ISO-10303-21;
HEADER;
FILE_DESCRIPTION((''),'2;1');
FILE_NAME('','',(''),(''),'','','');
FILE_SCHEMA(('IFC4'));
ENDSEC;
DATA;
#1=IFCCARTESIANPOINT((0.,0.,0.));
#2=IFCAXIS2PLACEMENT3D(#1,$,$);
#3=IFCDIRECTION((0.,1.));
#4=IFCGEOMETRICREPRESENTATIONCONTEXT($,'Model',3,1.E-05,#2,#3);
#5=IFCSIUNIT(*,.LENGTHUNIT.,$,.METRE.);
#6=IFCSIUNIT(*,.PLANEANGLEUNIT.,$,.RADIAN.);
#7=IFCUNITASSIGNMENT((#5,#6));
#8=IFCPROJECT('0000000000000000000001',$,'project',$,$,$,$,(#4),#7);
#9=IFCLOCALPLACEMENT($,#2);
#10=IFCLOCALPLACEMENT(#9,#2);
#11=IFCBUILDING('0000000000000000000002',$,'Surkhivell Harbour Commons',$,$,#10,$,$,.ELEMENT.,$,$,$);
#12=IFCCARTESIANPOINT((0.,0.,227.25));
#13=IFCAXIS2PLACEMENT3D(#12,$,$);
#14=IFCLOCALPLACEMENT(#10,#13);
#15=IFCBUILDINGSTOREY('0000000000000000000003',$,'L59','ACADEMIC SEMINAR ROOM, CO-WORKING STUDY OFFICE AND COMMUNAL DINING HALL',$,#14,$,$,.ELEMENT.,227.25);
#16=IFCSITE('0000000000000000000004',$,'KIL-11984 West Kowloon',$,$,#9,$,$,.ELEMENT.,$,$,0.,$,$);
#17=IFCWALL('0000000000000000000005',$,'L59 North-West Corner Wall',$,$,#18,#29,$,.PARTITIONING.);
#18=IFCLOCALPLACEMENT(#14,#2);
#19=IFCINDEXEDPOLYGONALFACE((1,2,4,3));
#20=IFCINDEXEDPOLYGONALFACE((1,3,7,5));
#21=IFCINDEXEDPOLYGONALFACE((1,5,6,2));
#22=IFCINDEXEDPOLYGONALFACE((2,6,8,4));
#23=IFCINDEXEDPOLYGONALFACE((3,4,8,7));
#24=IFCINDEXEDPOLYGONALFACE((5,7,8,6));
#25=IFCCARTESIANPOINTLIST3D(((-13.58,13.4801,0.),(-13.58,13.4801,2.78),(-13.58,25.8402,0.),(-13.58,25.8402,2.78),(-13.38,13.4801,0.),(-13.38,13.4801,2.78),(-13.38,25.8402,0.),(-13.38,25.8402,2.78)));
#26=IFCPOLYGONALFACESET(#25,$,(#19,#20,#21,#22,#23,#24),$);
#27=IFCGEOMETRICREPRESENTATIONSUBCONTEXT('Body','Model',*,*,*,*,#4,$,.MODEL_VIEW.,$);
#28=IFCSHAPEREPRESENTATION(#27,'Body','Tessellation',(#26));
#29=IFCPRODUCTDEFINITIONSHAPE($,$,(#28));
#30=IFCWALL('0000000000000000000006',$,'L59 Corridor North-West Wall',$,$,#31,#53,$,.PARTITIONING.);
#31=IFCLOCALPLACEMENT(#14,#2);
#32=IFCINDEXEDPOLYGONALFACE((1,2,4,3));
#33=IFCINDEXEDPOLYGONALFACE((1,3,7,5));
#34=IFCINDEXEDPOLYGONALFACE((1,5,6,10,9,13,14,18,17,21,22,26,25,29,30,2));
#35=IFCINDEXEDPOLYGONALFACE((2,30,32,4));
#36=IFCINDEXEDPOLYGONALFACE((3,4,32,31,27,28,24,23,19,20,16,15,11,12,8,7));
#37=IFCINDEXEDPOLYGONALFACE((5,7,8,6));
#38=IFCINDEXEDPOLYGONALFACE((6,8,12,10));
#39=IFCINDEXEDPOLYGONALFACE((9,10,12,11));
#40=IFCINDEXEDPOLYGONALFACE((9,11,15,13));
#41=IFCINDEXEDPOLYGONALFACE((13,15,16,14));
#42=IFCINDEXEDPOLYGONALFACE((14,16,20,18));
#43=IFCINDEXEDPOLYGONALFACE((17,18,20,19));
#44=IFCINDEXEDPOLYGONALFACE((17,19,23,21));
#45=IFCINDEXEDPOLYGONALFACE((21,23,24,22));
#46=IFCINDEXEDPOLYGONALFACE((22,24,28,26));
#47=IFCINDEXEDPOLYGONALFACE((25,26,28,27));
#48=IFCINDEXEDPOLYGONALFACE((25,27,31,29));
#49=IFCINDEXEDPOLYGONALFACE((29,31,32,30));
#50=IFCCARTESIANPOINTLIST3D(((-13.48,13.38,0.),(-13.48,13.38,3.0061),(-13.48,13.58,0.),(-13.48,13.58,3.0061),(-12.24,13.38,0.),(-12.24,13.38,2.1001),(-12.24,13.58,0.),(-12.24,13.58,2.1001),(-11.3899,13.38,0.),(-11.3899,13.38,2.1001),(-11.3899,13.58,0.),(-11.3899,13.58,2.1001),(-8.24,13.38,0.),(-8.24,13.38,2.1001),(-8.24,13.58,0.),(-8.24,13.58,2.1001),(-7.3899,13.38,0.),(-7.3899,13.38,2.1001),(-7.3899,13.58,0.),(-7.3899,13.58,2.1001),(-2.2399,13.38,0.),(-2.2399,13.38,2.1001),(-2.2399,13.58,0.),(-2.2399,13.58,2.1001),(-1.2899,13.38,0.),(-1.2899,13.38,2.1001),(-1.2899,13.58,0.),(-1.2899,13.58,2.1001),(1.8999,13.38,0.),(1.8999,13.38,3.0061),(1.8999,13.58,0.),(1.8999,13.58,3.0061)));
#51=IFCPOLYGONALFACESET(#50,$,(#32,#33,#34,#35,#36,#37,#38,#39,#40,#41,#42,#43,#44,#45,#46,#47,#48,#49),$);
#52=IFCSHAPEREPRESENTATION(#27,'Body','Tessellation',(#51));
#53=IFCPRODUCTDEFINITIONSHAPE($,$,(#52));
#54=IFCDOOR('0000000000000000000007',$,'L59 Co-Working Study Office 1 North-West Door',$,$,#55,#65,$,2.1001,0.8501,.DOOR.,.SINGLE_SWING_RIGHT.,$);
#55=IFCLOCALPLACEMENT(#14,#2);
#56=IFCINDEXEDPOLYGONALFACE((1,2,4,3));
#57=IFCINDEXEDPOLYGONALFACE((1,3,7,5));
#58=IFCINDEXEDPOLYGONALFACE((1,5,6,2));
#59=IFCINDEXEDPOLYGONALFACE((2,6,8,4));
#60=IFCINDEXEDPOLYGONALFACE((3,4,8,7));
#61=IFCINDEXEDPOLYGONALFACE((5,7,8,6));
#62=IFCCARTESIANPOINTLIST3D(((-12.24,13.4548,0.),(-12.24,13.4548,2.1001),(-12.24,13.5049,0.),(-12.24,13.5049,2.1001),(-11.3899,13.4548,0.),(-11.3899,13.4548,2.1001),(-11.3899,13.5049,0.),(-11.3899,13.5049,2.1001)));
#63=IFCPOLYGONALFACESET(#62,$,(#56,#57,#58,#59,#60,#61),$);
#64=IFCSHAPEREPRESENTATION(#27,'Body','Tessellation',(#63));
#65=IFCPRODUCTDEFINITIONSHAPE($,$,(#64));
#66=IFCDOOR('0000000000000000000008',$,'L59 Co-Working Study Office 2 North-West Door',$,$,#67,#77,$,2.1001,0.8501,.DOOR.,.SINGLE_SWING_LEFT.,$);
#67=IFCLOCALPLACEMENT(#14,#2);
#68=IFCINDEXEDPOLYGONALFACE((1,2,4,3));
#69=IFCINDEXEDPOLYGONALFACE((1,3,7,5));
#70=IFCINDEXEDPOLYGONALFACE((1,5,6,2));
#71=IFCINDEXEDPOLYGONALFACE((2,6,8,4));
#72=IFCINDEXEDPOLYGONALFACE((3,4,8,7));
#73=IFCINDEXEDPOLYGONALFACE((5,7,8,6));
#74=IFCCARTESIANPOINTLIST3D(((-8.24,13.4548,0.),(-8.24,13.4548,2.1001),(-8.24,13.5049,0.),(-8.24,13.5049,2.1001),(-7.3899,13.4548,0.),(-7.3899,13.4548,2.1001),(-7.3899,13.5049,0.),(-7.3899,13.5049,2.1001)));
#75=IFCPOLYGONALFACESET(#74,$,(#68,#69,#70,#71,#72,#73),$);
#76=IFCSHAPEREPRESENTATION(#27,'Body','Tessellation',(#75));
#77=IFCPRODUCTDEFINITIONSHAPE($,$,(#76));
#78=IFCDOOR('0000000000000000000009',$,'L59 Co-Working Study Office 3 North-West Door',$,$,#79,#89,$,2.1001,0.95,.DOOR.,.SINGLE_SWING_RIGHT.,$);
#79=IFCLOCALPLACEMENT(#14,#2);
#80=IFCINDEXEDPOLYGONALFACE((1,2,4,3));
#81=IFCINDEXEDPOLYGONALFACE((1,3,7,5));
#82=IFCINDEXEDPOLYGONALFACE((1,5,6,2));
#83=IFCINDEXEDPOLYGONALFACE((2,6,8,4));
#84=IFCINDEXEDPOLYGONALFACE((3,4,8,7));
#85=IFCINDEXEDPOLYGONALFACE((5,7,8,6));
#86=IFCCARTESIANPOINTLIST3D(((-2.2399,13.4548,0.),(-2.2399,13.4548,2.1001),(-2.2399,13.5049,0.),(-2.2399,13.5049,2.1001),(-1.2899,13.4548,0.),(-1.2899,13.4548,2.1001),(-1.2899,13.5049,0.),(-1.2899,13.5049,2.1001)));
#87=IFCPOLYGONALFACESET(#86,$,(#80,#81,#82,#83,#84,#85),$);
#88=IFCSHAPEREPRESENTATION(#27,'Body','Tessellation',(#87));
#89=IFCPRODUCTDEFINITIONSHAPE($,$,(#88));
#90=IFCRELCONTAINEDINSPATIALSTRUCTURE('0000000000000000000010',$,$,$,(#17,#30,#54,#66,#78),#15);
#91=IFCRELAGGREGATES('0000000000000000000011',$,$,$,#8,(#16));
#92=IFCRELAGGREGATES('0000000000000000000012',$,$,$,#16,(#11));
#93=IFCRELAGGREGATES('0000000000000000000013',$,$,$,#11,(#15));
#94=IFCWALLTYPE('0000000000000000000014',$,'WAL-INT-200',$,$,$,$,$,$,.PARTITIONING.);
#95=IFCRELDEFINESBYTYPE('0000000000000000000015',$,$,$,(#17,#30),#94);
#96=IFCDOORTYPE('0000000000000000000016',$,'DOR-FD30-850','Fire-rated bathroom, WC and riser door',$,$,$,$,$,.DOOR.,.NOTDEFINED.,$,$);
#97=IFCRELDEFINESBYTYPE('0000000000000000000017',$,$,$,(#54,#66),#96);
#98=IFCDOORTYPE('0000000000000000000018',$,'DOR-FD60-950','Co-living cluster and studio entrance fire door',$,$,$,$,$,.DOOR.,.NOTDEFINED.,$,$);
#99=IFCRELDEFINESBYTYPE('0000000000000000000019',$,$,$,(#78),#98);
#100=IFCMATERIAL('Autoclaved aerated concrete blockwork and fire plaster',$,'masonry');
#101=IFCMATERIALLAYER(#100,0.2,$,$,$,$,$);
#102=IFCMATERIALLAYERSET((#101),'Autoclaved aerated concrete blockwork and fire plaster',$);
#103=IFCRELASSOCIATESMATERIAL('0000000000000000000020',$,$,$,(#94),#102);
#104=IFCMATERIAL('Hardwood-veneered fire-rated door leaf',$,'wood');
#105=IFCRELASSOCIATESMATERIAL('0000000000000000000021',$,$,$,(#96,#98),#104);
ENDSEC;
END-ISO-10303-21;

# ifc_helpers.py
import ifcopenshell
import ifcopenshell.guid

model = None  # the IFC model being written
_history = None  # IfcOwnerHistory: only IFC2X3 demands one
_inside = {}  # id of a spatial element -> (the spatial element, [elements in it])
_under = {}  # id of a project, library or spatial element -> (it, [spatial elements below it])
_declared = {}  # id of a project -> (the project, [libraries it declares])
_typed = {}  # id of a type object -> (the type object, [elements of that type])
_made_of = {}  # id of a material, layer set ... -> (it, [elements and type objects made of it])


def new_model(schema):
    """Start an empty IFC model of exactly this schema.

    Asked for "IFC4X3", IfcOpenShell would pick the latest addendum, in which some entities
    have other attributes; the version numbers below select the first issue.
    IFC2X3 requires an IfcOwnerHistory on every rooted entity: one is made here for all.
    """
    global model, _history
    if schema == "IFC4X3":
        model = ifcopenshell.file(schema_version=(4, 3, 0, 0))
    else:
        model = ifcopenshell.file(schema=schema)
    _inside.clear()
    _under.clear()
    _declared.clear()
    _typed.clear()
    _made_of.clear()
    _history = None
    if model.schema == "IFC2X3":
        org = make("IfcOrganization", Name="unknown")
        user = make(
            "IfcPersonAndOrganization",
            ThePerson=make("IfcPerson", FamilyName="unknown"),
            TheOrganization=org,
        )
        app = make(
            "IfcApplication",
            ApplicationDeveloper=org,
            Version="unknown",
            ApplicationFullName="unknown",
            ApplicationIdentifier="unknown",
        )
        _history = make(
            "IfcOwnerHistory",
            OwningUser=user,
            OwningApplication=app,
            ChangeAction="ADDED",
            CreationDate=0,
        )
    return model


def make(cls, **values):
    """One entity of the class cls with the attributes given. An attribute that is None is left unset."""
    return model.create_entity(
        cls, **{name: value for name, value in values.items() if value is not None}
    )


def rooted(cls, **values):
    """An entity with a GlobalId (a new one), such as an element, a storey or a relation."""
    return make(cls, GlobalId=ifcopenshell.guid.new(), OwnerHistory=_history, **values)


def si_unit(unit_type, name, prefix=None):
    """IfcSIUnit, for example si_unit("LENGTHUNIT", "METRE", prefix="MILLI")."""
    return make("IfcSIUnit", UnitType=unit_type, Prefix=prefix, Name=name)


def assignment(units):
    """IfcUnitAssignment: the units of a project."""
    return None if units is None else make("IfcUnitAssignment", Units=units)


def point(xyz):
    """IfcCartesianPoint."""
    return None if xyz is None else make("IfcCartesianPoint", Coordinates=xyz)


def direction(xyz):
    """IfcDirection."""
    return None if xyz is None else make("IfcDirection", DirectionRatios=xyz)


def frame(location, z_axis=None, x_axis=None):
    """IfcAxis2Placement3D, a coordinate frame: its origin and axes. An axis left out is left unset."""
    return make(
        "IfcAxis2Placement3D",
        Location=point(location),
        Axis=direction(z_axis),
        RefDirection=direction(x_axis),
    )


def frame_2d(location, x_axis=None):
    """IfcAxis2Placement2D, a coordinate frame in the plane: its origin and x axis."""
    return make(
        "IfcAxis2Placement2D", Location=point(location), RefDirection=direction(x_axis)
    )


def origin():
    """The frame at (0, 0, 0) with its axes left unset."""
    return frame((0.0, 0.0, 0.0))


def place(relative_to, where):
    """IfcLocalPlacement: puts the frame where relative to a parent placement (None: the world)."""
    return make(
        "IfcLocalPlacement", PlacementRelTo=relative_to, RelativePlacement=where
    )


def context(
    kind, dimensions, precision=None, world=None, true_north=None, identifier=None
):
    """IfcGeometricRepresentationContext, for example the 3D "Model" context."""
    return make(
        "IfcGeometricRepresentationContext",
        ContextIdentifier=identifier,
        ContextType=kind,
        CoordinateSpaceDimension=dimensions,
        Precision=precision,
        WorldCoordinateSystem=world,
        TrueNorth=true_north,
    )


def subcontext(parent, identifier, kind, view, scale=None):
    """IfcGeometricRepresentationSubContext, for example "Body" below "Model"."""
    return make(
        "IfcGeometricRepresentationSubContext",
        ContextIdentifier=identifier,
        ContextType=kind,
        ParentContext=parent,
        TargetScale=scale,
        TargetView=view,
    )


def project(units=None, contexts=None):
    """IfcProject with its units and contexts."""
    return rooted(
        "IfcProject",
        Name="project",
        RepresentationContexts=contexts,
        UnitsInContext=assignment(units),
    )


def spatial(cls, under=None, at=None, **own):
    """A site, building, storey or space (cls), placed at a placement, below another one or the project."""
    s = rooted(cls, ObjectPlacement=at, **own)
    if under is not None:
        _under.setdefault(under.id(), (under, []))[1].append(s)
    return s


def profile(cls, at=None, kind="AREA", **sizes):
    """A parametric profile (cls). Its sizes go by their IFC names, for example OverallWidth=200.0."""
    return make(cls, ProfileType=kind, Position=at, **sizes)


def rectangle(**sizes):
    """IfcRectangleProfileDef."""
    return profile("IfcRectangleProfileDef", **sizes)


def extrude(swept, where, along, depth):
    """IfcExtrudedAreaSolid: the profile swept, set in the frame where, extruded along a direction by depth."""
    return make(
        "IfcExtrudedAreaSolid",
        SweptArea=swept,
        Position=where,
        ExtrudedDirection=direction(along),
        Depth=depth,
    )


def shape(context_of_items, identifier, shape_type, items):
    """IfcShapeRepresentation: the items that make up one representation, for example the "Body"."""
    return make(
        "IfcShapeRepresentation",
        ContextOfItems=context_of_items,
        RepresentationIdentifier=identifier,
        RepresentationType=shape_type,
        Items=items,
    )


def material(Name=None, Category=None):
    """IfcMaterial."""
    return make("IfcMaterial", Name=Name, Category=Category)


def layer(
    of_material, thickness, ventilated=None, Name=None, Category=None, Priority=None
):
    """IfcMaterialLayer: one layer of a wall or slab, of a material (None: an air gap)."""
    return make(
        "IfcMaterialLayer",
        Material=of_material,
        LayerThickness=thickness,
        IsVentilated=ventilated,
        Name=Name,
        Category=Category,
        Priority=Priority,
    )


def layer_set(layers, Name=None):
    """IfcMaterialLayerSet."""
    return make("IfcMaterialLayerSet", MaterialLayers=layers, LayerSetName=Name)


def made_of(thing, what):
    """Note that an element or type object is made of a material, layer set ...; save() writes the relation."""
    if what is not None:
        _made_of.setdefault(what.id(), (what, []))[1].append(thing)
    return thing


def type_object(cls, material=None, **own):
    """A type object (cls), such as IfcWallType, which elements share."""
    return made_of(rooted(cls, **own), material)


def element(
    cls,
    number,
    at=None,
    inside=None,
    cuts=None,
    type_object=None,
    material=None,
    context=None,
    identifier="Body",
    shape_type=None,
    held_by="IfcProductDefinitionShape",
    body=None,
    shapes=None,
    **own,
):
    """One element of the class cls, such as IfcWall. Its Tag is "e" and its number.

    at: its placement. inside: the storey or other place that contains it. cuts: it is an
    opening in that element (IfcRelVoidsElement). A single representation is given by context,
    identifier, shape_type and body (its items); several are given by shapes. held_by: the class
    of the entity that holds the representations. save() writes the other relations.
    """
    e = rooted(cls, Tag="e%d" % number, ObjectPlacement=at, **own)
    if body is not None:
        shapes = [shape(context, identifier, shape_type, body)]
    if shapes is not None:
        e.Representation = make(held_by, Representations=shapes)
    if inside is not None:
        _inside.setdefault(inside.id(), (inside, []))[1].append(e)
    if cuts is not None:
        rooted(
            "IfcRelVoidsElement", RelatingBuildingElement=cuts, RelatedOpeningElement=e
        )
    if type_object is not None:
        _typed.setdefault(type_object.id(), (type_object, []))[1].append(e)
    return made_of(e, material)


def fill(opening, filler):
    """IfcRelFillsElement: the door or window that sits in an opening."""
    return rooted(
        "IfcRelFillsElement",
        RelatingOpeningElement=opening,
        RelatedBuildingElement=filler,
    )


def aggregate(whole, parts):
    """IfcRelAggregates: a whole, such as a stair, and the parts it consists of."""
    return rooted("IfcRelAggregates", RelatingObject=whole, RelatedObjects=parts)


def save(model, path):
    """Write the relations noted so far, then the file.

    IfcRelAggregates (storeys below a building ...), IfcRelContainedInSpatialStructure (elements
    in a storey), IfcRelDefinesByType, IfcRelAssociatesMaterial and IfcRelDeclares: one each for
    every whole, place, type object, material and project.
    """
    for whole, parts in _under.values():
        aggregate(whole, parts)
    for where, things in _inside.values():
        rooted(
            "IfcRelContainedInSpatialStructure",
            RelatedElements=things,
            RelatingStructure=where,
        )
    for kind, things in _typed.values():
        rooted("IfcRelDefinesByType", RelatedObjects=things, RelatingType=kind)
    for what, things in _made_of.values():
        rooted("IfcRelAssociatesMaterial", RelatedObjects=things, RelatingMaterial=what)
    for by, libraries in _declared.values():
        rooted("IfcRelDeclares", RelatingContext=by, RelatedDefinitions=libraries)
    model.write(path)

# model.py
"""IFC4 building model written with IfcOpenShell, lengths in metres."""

from ifc_helpers import new_model, si_unit, direction, frame, frame_2d, origin, place, context, subcontext, project, spatial, rectangle, extrude, material, layer, layer_set, type_object, element, fill, save


model = new_model("IFC4")

# Units and contexts
model_context = context("Model", 3, precision=1e-05, world=origin(), true_north=direction((0.0, 1.0)))
body_context = subcontext(model_context, "Body", "Model", "MODEL_VIEW")
ifc_project = project(units=[si_unit("LENGTHUNIT", "METRE"), si_unit("PLANEANGLEUNIT", "RADIAN")], contexts=[model_context])

# Site, building, storey
site_placement = place(None, origin())
site = spatial("IfcSite", under=ifc_project, at=site_placement, Name="KIL-11984 West Kowloon", CompositionType="ELEMENT", RefElevation=0.0)
building_placement = place(site_placement, origin())
building = spatial("IfcBuilding", under=site, at=building_placement, Name="Surkhivell Harbour Commons", CompositionType="ELEMENT")
storey_placement = place(building_placement, frame((0.0, 0.0, 227.25)))
storey = spatial("IfcBuildingStorey", under=building, at=storey_placement, Name="L59", Description="ACADEMIC SEMINAR ROOM, CO-WORKING STUDY OFFICE AND COMMUNAL DINING HALL", CompositionType="ELEMENT", Elevation=227.25)

# Shared definitions
ifc_material_1 = material(Name="Hardwood-veneered fire-rated door leaf", Category="wood")

# Wall
ifc_material_2 = material(Name="Autoclaved aerated concrete blockwork and fire plaster", Category="masonry")
ifc_layer_1 = layer(ifc_material_2, 0.2)
ifc_layer_set_1 = layer_set([ifc_layer_1], Name="Autoclaved aerated concrete blockwork and fire plaster")
wall_type_1 = type_object("IfcWallType", Name="WAL-INT-200", PredefinedType="PARTITIONING", material=ifc_layer_set_1)
wall_1_placement = place(storey_placement, frame((-13.48, 13.48, 0.0), z_axis=(0.0, 0.0, 1.0), x_axis=(0.0, 1.0, 0.0)))
element("IfcWall", 1, at=wall_1_placement, inside=storey, type_object=wall_type_1, Name="L59 North-West Corner Wall", PredefinedType="PARTITIONING", context=body_context, shape_type="SweptSolid", body=[
    extrude(rectangle(XDim=12.3601, YDim=0.2, at=frame_2d((6.1802, 0.0))), origin(), (0.0, 0.0, 1.0), 2.78),
])

# Wall, openings, doors
wall_2_placement = place(storey_placement, frame((-13.48, 13.48, 0.0), z_axis=(0.0, 0.0, 1.0), x_axis=(1.0, 0.0, 0.0)))
wall_2 = element("IfcWall", 2, at=wall_2_placement, inside=storey, type_object=wall_type_1, Name="L59 Corridor North-West Wall", PredefinedType="PARTITIONING", context=body_context, shape_type="SweptSolid", body=[
    extrude(rectangle(XDim=15.3799, YDim=0.2, at=frame_2d((7.6899, 0.0))), origin(), (0.0, 0.0, 1.0), 3.0061),
])
opening_1_placement = place(wall_2_placement, frame((1.24, 0.0, 0.0)))
opening_1 = element("IfcOpeningElement", 3, at=opening_1_placement, cuts=wall_2, PredefinedType="OPENING", context=body_context, shape_type="SweptSolid", body=[
    extrude(rectangle(XDim=0.8501, YDim=2.1001, at=frame_2d((0.425, 1.05))), frame((0.0, 0.1099, 0.0), z_axis=(0.0, -1.0, 0.0), x_axis=(1.0, 0.0, 0.0)), (0.0, 0.0, 1.0), 0.22),
])
opening_2_placement = place(wall_2_placement, frame((5.24, 0.0, 0.0)))
opening_2 = element("IfcOpeningElement", 4, at=opening_2_placement, cuts=wall_2, PredefinedType="OPENING", context=body_context, shape_type="SweptSolid", body=[
    extrude(rectangle(XDim=0.8501, YDim=2.1001, at=frame_2d((0.425, 1.05))), frame((0.0, 0.1099, 0.0), z_axis=(0.0, -1.0, 0.0), x_axis=(1.0, 0.0, 0.0)), (0.0, 0.0, 1.0), 0.22),
])
opening_3_placement = place(wall_2_placement, frame((11.24, 0.0, 0.0)))
opening_3 = element("IfcOpeningElement", 5, at=opening_3_placement, cuts=wall_2, PredefinedType="OPENING", context=body_context, shape_type="SweptSolid", body=[
    extrude(rectangle(XDim=0.95, YDim=2.1001, at=frame_2d((0.4751, 1.05))), frame((0.0, 0.1099, 0.0), z_axis=(0.0, -1.0, 0.0), x_axis=(1.0, 0.0, 0.0)), (0.0, 0.0, 1.0), 0.22),
])
door_type_1 = type_object("IfcDoorType", Name="DOR-FD30-850", Description="Fire-rated bathroom, WC and riser door", OperationType="NOTDEFINED", PredefinedType="DOOR", material=ifc_material_1)
door_1_placement = place(opening_1_placement, origin())
door_1 = element("IfcDoor", 6, at=door_1_placement, inside=storey, type_object=door_type_1, Name="L59 Co-Working Study Office 1 North-West Door", OperationType="SINGLE_SWING_RIGHT", OverallHeight=2.1001, OverallWidth=0.8501, PredefinedType="DOOR", context=body_context, shape_type="SweptSolid", body=[
    extrude(rectangle(XDim=0.8501, YDim=2.1001, at=frame_2d((0.425, 1.05))), frame((0.0, 0.0249, 0.0), z_axis=(0.0, -1.0, 0.0), x_axis=(1.0, 0.0, 0.0)), (0.0, 0.0, 1.0), 0.05),
])
fill(opening_1, door_1)
door_2_placement = place(opening_2_placement, origin())
door_2 = element("IfcDoor", 7, at=door_2_placement, inside=storey, type_object=door_type_1, Name="L59 Co-Working Study Office 2 North-West Door", OperationType="SINGLE_SWING_LEFT", OverallHeight=2.1001, OverallWidth=0.8501, PredefinedType="DOOR", context=body_context, shape_type="SweptSolid", body=[
    extrude(rectangle(XDim=0.8501, YDim=2.1001, at=frame_2d((0.425, 1.05))), frame((0.0, 0.0249, 0.0), z_axis=(0.0, -1.0, 0.0), x_axis=(1.0, 0.0, 0.0)), (0.0, 0.0, 1.0), 0.05),
])
fill(opening_2, door_2)
door_type_2 = type_object("IfcDoorType", Name="DOR-FD60-950", Description="Co-living cluster and studio entrance fire door", OperationType="NOTDEFINED", PredefinedType="DOOR", material=ifc_material_1)
door_3_placement = place(opening_3_placement, origin())
door_3 = element("IfcDoor", 8, at=door_3_placement, inside=storey, type_object=door_type_2, Name="L59 Co-Working Study Office 3 North-West Door", OperationType="SINGLE_SWING_RIGHT", OverallHeight=2.1001, OverallWidth=0.95, PredefinedType="DOOR", context=body_context, shape_type="SweptSolid", body=[
    extrude(rectangle(XDim=0.95, YDim=2.1001, at=frame_2d((0.4751, 1.05))), frame((0.0, 0.0249, 0.0), z_axis=(0.0, -1.0, 0.0), x_axis=(1.0, 0.0, 0.0)), (0.0, 0.0, 1.0), 0.05),
])
fill(opening_3, door_3)

save(model, "model.ifc")
